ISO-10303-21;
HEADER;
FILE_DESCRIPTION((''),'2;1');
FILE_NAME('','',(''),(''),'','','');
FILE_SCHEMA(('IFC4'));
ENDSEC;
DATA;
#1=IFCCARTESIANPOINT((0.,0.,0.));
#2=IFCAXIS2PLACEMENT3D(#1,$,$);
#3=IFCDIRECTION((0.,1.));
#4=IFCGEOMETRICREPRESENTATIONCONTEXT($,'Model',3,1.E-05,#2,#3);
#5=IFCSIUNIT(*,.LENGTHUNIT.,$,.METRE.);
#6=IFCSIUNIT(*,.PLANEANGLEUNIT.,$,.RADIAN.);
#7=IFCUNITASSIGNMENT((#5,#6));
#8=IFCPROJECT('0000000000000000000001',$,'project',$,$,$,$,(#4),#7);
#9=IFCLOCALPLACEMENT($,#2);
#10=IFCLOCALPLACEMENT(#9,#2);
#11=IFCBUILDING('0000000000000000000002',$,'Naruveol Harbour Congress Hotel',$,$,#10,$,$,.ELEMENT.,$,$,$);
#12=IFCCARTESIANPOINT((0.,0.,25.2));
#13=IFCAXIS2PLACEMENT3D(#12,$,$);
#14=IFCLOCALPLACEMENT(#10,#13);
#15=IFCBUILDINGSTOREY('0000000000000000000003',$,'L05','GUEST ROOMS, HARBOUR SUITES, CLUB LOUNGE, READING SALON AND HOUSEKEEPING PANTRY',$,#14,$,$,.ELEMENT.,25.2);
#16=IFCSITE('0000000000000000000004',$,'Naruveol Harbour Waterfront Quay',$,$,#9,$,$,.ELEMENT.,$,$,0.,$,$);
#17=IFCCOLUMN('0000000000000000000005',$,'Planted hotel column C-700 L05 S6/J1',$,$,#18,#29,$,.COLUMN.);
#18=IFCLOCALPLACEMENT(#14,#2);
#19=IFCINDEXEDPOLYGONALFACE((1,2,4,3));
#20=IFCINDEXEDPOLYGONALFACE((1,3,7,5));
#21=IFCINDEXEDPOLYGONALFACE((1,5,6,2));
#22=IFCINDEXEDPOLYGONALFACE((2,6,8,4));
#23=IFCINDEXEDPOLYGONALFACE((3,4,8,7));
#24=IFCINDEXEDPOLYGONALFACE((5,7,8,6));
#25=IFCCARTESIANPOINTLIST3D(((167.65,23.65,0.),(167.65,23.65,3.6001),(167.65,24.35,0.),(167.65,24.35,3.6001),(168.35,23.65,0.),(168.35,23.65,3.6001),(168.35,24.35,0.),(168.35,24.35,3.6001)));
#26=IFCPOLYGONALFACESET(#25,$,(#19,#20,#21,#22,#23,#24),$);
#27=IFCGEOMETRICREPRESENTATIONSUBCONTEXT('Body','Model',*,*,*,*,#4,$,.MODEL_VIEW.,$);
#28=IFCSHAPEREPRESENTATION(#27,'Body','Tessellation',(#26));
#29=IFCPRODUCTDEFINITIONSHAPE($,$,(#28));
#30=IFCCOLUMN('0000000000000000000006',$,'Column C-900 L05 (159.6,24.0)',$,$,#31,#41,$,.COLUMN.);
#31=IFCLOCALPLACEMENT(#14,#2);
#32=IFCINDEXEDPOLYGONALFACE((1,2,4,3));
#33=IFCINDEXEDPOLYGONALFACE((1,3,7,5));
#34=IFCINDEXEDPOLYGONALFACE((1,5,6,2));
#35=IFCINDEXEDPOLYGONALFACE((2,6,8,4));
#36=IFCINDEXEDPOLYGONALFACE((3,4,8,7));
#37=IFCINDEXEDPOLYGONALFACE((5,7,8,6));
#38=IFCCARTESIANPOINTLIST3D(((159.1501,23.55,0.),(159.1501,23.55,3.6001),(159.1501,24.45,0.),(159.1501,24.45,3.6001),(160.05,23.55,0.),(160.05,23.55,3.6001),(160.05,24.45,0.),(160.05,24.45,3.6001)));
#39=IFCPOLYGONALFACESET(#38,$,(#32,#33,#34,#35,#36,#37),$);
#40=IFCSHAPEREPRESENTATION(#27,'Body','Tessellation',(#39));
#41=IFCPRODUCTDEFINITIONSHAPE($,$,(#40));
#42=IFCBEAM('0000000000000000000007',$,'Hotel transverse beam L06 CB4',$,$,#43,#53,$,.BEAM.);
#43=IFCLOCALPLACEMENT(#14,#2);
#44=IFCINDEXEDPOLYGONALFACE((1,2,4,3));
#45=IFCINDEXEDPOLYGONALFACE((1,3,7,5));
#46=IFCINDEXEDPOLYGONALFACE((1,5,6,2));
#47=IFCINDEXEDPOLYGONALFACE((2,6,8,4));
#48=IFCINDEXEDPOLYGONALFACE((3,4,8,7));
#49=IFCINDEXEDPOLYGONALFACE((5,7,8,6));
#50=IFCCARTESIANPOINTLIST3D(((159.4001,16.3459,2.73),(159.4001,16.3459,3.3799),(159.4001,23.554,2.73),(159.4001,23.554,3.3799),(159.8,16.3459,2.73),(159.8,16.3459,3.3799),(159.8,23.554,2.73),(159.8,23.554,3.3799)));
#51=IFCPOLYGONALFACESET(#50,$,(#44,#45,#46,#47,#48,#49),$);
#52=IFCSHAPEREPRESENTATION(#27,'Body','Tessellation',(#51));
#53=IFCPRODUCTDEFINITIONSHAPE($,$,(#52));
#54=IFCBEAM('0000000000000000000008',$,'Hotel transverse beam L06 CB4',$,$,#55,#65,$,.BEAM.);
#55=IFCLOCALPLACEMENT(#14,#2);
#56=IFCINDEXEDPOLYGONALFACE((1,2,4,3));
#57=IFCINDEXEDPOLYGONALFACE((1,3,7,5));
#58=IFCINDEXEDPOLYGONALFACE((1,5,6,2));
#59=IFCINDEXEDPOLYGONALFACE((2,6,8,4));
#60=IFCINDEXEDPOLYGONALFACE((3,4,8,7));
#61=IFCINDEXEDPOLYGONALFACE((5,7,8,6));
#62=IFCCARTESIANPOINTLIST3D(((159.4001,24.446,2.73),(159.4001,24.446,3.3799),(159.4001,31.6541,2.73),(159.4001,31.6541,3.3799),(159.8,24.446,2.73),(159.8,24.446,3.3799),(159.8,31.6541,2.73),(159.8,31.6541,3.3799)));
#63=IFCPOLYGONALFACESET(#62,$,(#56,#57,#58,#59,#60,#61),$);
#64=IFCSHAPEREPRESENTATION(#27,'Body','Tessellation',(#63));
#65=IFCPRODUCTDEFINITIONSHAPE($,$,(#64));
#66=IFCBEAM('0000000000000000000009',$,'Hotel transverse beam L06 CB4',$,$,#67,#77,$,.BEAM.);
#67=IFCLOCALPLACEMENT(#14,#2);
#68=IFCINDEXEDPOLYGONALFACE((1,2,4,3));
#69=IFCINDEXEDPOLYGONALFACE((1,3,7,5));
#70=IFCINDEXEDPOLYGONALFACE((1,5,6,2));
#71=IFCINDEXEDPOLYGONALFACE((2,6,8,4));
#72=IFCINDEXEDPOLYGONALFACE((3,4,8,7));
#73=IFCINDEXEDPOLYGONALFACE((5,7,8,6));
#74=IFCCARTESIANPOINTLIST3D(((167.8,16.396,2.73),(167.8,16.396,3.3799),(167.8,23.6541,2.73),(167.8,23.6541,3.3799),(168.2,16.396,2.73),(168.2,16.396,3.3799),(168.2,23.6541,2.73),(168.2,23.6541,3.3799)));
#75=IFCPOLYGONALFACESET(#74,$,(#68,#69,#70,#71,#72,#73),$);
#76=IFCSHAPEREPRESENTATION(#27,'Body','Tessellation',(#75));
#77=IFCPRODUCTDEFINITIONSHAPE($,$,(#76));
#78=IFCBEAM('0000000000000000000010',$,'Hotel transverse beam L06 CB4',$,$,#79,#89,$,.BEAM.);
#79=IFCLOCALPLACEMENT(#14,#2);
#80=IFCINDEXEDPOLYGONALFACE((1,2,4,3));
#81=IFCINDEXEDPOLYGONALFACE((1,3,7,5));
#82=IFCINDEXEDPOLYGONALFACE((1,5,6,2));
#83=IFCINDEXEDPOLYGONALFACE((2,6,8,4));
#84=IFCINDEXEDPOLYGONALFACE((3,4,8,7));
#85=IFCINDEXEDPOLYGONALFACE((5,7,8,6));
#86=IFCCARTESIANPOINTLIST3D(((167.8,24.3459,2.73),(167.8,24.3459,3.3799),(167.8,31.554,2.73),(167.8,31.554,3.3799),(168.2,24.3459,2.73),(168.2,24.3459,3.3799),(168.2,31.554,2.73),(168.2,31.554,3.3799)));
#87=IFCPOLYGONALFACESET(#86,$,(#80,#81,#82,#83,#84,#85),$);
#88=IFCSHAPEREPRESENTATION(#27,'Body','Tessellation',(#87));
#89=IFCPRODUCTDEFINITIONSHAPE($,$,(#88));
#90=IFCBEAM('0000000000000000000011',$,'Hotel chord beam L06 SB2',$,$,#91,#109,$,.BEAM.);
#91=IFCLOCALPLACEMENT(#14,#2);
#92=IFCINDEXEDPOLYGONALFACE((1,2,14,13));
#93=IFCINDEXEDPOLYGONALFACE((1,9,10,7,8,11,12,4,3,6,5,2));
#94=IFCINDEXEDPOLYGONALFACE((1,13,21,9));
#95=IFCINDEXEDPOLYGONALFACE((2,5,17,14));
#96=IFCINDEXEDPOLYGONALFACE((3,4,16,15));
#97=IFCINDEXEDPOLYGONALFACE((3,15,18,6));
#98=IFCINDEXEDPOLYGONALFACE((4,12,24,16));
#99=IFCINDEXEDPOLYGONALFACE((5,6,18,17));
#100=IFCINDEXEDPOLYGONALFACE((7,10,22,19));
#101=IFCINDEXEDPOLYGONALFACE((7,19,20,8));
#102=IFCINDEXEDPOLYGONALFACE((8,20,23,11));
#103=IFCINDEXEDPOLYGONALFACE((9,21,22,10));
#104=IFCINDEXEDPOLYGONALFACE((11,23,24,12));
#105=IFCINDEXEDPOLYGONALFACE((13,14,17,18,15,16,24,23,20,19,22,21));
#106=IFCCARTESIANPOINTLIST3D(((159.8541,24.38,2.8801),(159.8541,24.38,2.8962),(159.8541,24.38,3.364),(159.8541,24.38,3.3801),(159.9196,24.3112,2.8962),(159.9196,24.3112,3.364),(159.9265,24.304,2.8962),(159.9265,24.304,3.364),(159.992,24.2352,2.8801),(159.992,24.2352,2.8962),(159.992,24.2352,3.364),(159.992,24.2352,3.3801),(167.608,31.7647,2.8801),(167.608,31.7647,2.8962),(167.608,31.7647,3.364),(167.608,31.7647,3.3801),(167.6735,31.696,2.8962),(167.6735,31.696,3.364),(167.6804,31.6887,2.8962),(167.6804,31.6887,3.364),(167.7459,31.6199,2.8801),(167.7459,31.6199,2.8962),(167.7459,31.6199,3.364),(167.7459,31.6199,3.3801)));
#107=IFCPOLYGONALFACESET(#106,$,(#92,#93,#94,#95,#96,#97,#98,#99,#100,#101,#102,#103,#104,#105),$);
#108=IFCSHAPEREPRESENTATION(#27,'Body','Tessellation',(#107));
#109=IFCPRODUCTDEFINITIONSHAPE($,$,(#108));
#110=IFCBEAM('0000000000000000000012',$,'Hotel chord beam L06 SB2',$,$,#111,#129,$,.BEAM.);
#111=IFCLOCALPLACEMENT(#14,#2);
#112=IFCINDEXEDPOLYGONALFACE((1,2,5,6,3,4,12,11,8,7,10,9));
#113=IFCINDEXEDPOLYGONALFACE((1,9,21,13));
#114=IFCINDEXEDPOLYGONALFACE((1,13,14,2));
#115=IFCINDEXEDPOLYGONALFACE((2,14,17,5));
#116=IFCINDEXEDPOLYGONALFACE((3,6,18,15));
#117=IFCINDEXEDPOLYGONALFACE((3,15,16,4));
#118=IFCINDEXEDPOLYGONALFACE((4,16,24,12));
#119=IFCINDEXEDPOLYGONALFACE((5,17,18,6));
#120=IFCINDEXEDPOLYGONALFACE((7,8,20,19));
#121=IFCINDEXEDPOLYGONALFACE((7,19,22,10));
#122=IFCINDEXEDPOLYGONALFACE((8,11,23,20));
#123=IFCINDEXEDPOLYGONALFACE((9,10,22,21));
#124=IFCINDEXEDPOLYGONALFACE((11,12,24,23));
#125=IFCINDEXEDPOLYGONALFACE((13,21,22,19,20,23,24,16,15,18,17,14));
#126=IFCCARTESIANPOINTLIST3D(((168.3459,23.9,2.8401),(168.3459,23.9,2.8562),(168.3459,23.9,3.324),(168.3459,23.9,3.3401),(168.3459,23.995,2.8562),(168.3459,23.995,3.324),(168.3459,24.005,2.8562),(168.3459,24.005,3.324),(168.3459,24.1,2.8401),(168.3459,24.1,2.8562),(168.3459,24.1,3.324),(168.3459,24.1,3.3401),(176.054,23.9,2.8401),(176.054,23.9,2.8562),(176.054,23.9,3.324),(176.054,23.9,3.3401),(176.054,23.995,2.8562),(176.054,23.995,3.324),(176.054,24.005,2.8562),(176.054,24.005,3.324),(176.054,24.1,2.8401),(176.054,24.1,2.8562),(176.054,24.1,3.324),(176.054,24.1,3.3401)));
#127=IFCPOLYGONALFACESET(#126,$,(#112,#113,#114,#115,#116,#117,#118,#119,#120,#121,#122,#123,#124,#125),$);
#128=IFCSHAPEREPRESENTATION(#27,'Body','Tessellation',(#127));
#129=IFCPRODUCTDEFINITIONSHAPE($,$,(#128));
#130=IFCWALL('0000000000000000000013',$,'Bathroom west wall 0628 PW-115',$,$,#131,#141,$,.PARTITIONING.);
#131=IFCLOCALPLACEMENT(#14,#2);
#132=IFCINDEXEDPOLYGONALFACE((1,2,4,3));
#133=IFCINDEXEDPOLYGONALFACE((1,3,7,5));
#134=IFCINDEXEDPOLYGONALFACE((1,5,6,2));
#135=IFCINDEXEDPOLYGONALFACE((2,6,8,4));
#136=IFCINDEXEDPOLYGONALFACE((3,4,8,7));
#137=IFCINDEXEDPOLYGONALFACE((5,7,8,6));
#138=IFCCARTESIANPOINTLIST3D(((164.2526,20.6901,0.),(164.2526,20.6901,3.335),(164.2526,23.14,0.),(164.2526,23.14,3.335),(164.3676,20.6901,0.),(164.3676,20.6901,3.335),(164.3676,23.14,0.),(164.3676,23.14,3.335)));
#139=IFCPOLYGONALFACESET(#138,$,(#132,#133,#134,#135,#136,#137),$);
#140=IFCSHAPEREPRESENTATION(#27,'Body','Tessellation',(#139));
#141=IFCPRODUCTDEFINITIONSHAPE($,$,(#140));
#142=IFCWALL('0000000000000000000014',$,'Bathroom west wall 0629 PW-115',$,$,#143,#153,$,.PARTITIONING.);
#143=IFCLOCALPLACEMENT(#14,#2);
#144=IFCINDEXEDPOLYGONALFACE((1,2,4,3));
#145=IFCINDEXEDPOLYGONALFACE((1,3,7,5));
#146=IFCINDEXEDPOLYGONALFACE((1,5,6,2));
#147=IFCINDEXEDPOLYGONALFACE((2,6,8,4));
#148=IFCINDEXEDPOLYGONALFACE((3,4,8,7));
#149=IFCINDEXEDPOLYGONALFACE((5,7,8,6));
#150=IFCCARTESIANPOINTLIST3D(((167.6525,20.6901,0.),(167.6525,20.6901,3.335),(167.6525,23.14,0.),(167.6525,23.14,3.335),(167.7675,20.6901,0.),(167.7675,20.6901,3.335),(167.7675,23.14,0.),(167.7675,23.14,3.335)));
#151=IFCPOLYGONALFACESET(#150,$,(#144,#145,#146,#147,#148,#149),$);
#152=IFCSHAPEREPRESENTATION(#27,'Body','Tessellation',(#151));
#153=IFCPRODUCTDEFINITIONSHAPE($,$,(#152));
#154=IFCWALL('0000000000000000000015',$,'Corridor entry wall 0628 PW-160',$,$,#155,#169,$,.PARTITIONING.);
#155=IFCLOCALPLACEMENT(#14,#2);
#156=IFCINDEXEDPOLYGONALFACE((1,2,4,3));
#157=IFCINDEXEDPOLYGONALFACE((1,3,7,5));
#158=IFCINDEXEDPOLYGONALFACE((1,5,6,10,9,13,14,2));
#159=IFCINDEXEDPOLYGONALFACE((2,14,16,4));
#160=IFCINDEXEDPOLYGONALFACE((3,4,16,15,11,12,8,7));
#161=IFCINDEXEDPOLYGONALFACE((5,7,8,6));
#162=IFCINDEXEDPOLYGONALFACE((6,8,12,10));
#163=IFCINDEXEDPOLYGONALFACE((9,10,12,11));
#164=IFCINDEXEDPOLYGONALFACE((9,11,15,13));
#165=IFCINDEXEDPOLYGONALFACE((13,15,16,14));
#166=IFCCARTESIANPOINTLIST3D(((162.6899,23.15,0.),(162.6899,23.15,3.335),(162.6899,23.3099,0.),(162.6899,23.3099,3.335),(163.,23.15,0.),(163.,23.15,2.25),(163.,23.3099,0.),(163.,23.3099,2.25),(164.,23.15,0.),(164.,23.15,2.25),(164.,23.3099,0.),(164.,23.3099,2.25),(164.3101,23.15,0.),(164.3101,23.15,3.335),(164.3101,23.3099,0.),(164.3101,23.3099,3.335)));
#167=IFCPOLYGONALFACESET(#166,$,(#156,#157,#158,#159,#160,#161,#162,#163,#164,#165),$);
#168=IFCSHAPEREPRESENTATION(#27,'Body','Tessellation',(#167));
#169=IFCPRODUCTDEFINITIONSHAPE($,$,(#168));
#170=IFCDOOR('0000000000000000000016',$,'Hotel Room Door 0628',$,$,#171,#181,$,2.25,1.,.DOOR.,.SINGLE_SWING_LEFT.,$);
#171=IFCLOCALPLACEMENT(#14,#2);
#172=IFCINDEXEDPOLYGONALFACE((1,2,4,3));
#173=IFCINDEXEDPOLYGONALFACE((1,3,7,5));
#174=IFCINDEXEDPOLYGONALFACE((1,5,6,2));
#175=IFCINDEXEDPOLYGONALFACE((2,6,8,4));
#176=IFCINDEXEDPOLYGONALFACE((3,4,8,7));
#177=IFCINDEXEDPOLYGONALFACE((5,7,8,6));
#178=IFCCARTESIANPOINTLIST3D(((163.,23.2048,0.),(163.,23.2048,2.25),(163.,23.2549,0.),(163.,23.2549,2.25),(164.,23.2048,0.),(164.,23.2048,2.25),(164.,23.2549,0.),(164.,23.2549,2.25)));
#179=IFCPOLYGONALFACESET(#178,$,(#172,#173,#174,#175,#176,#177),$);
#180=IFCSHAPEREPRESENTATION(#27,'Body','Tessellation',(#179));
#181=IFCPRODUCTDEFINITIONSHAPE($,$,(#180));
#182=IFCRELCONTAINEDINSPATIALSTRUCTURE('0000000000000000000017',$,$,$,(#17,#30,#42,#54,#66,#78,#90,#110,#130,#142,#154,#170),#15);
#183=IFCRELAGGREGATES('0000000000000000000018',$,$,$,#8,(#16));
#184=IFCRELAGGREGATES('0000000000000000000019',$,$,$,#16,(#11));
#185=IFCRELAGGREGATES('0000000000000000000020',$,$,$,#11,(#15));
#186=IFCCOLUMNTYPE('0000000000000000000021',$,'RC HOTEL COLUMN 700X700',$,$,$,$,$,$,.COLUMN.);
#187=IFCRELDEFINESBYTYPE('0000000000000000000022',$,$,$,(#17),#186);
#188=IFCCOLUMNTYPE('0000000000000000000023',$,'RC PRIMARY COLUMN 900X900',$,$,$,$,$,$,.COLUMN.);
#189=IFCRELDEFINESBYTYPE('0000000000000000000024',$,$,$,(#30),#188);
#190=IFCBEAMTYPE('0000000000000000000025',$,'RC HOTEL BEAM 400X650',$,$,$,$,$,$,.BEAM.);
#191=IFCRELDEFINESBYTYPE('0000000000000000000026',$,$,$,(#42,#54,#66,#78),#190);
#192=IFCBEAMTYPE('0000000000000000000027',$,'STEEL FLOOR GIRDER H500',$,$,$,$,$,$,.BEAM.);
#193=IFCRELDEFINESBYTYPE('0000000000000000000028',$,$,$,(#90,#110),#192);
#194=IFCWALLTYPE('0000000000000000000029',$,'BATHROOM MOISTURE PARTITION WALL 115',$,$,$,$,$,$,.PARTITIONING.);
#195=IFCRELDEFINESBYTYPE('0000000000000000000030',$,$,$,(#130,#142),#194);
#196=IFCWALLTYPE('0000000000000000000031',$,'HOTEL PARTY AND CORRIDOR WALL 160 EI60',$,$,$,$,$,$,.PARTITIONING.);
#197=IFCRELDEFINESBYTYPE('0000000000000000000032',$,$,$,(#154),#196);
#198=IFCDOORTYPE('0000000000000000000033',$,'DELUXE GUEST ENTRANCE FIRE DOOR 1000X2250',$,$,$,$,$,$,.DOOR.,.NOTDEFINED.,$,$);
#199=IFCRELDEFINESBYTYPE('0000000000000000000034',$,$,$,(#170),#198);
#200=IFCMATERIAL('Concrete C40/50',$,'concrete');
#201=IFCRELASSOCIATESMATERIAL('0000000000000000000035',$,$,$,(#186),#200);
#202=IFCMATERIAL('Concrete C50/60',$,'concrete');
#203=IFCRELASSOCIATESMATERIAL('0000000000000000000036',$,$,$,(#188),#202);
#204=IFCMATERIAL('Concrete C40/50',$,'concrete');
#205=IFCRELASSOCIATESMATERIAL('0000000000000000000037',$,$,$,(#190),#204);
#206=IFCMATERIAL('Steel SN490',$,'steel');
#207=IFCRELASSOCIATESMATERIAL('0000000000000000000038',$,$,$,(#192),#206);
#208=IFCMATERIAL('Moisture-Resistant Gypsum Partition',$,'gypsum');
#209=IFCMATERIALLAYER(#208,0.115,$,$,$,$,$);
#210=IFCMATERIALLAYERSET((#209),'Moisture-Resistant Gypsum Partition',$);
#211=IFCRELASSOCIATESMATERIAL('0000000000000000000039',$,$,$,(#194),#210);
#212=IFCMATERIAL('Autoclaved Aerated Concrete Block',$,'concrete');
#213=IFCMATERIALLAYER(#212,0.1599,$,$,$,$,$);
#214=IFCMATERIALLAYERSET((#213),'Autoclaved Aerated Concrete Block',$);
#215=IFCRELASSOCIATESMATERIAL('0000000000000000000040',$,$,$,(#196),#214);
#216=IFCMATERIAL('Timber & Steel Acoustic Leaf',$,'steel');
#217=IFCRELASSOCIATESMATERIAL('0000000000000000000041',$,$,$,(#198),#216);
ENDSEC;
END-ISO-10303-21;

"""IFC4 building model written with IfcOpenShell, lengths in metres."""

from ifc_helpers import new_model, si_unit, direction, frame, frame_2d, origin, origin_2d, place, context, subcontext, project, spatial, rectangle, i_section, extrude, material, layer, layer_set, material_profile, profile_set, type_object, element, fill, save


model = new_model("IFC4")

# Units and contexts
model_context = context("Model", 3, precision=1e-05, world=origin(), true_north=direction((0.0, 1.0)))
body_context = subcontext(model_context, "Body", "Model", "MODEL_VIEW")
ifc_project = project(units=[si_unit("LENGTHUNIT", "METRE"), si_unit("PLANEANGLEUNIT", "RADIAN")], contexts=[model_context])

# Site, building, storey
site_placement = place(None, origin())
site = spatial("IfcSite", under=ifc_project, at=site_placement, Name="Naruveol Harbour Waterfront Quay", CompositionType="ELEMENT", RefElevation=0.0)
building_placement = place(site_placement, origin())
building = spatial("IfcBuilding", under=site, at=building_placement, Name="Naruveol Harbour Congress Hotel", CompositionType="ELEMENT")
storey_placement = place(building_placement, frame((0.0, 0.0, 25.2)))
storey = spatial("IfcBuildingStorey", under=building, at=storey_placement, Name="L05", Description="GUEST ROOMS, HARBOUR SUITES, CLUB LOUNGE, READING SALON AND HOUSEKEEPING PANTRY", CompositionType="ELEMENT", Elevation=25.2)

# Columns
ifc_material_1 = material(Name="Concrete C40/50", Category="concrete")
ifc_material_profile_1 = material_profile(ifc_material_1, rectangle(XDim=0.7, YDim=0.7, at=origin_2d()), Name="RC-700x700")
ifc_profile_set_1 = profile_set([ifc_material_profile_1], Name="Concrete C40/50")
column_type_1 = type_object("IfcColumnType", Name="RC HOTEL COLUMN 700X700", PredefinedType="COLUMN", material=ifc_profile_set_1)
column_1_placement = place(storey_placement, frame((168.0, 24.0, 0.0), z_axis=(0.0, 0.0, 1.0), x_axis=(1.0, 0.0, 0.0)))
element("IfcColumn", 1, at=column_1_placement, inside=storey, type_object=column_type_1, Name="Planted hotel column C-700 L05 S6/J1", PredefinedType="COLUMN", context=body_context, shape_type="SweptSolid", body=[
    extrude(rectangle(XDim=0.7, YDim=0.7, at=origin_2d()), origin(), (0.0, 0.0, 1.0), 3.6001),
])
ifc_material_2 = material(Name="Concrete C50/60", Category="concrete")
ifc_material_profile_2 = material_profile(ifc_material_2, rectangle(XDim=0.8999, YDim=0.8999, at=origin_2d()), Name="RC-900x900")
ifc_profile_set_2 = profile_set([ifc_material_profile_2], Name="Concrete C50/60")
column_type_2 = type_object("IfcColumnType", Name="RC PRIMARY COLUMN 900X900", PredefinedType="COLUMN", material=ifc_profile_set_2)
column_2_placement = place(storey_placement, frame((159.6001, 24.0, 0.0), z_axis=(0.0, 0.0, 1.0), x_axis=(1.0, 0.0, 0.0)))
element("IfcColumn", 2, at=column_2_placement, inside=storey, type_object=column_type_2, Name="Column C-900 L05 (159.6,24.0)", PredefinedType="COLUMN", context=body_context, shape_type="SweptSolid", body=[
    extrude(rectangle(XDim=0.8999, YDim=0.8999, at=origin_2d()), origin(), (0.0, 0.0, 1.0), 3.6001),
])

# Beams
ifc_material_3 = material(Name="Concrete C40/50", Category="concrete")
ifc_material_profile_3 = material_profile(ifc_material_3, rectangle(XDim=0.3999, YDim=0.6499, at=origin_2d()), Name="RCB-400x650")
ifc_profile_set_3 = profile_set([ifc_material_profile_3], Name="Concrete C40/50")
beam_type_1 = type_object("IfcBeamType", Name="RC HOTEL BEAM 400X650", PredefinedType="BEAM", material=ifc_profile_set_3)
for number, where, z_axis, x_axis, name in (
    (3, (159.6001, 16.3459, 3.0549), (0.0, 1.0, 0.0), (-1.0, 0.0, 0.0), "Hotel transverse beam L06 CB4"),
    (4, (159.6001, 24.446, 3.0549), (0.0, 1.0, 0.0), (-1.0, 0.0, 0.0), "Hotel transverse beam L06 CB4"),
):
    element("IfcBeam", number, at=place(storey_placement, frame(where, z_axis=z_axis, x_axis=x_axis)), inside=storey, type_object=beam_type_1, Name=name, PredefinedType="BEAM", context=body_context, shape_type="SweptSolid", body=[
        extrude(rectangle(XDim=0.3999, YDim=0.6499, at=origin_2d()), origin(), (0.0, 0.0, 1.0), 7.208),
    ])
beam_1_placement = place(storey_placement, frame((168.0, 16.396, 3.0549), z_axis=(0.0, 1.0, 0.0), x_axis=(-1.0, 0.0, 0.0)))
element("IfcBeam", 5, at=beam_1_placement, inside=storey, type_object=beam_type_1, Name="Hotel transverse beam L06 CB4", PredefinedType="BEAM", context=body_context, shape_type="SweptSolid", body=[
    extrude(rectangle(XDim=0.3999, YDim=0.6499, at=origin_2d()), origin(), (0.0, 0.0, 1.0), 7.2581),
])
beam_2_placement = place(storey_placement, frame((168.0, 24.3459, 3.0549), z_axis=(0.0, 1.0, 0.0), x_axis=(-1.0, 0.0, 0.0)))
element("IfcBeam", 6, at=beam_2_placement, inside=storey, type_object=beam_type_1, Name="Hotel transverse beam L06 CB4", PredefinedType="BEAM", context=body_context, shape_type="SweptSolid", body=[
    extrude(rectangle(XDim=0.3999, YDim=0.6499, at=origin_2d()), origin(), (0.0, 0.0, 1.0), 7.208),
])
ifc_material_4 = material(Name="Steel SN490", Category="steel")
ifc_material_profile_4 = material_profile(ifc_material_4, i_section(OverallWidth=0.2, OverallDepth=0.5, WebThickness=0.01, FlangeThickness=0.0161, at=origin_2d()), Name="H-500x200x10x16")
ifc_profile_set_4 = profile_set([ifc_material_profile_4], Name="Steel SN490")
beam_type_2 = type_object("IfcBeamType", Name="STEEL FLOOR GIRDER H500", PredefinedType="BEAM", material=ifc_profile_set_4)
beam_3_placement = place(storey_placement, frame((159.9231, 24.3076, 3.1301), z_axis=(0.724134, 0.68966, 0.0), x_axis=(-0.68966, 0.724134, 0.0)))
element("IfcBeam", 7, at=beam_3_placement, inside=storey, type_object=beam_type_2, Name="Hotel chord beam L06 SB2", PredefinedType="BEAM", context=body_context, shape_type="SweptSolid", body=[
    extrude(i_section(OverallWidth=0.2, OverallDepth=0.5, WebThickness=0.01, FlangeThickness=0.0161, at=origin_2d()), origin(), (0.0, 0.0, 1.0), 10.7078),
])
beam_4_placement = place(storey_placement, frame((168.3459, 24.0, 3.0901), z_axis=(1.0, 0.0, 0.0), x_axis=(0.0, 1.0, 0.0)))
element("IfcBeam", 8, at=beam_4_placement, inside=storey, type_object=beam_type_2, Name="Hotel chord beam L06 SB2", PredefinedType="BEAM", context=body_context, shape_type="SweptSolid", body=[
    extrude(i_section(OverallWidth=0.2, OverallDepth=0.5, WebThickness=0.01, FlangeThickness=0.0161, at=origin_2d()), origin(), (0.0, 0.0, 1.0), 7.708),
])

# Wall
ifc_material_5 = material(Name="Moisture-Resistant Gypsum Partition", Category="gypsum")
ifc_layer_1 = layer(ifc_material_5, 0.115)
ifc_layer_set_1 = layer_set([ifc_layer_1], Name="Moisture-Resistant Gypsum Partition")
wall_type_1 = type_object("IfcWallType", Name="BATHROOM MOISTURE PARTITION WALL 115", PredefinedType="PARTITIONING", material=ifc_layer_set_1)
wall_1_placement = place(storey_placement, frame((164.3101, 20.6899, 0.0), z_axis=(0.0, 0.0, 1.0), x_axis=(0.0, 1.0, 0.0)))
element("IfcWall", 9, at=wall_1_placement, inside=storey, type_object=wall_type_1, Name="Bathroom west wall 0628 PW-115", PredefinedType="PARTITIONING", context=body_context, shape_type="SweptSolid", body=[
    extrude(rectangle(XDim=2.45, YDim=0.115, at=frame_2d((1.2251, 0.0))), origin(), (0.0, 0.0, 1.0), 3.335),
])

# Wall
wall_2_placement = place(storey_placement, frame((167.71, 20.6899, 0.0), z_axis=(0.0, 0.0, 1.0), x_axis=(0.0, 1.0, 0.0)))
element("IfcWall", 10, at=wall_2_placement, inside=storey, type_object=wall_type_1, Name="Bathroom west wall 0629 PW-115", PredefinedType="PARTITIONING", context=body_context, shape_type="SweptSolid", body=[
    extrude(rectangle(XDim=2.45, YDim=0.115, at=frame_2d((1.2251, 0.0))), origin(), (0.0, 0.0, 1.0), 3.335),
])

# Wall, opening, door
ifc_material_6 = material(Name="Autoclaved Aerated Concrete Block", Category="concrete")
ifc_layer_2 = layer(ifc_material_6, 0.1599)
ifc_layer_set_2 = layer_set([ifc_layer_2], Name="Autoclaved Aerated Concrete Block")
wall_type_2 = type_object("IfcWallType", Name="HOTEL PARTY AND CORRIDOR WALL 160 EI60", PredefinedType="PARTITIONING", material=ifc_layer_set_2)
wall_3_placement = place(storey_placement, frame((162.6899, 23.23, 0.0), z_axis=(0.0, 0.0, 1.0), x_axis=(1.0, 0.0, 0.0)))
wall_3 = element("IfcWall", 11, at=wall_3_placement, inside=storey, type_object=wall_type_2, Name="Corridor entry wall 0628 PW-160", PredefinedType="PARTITIONING", context=body_context, shape_type="SweptSolid", body=[
    extrude(rectangle(XDim=1.6201, YDim=0.1599, at=frame_2d((0.8101, 0.0))), origin(), (0.0, 0.0, 1.0), 3.335),
])
opening_1_placement = place(wall_3_placement, frame((0.3101, 0.0, 0.0)))
opening_1 = element("IfcOpeningElement", 12, at=opening_1_placement, cuts=wall_3, PredefinedType="OPENING", context=body_context, shape_type="SweptSolid", body=[
    extrude(rectangle(XDim=1.0, YDim=2.25, at=frame_2d((0.5, 1.125))), frame((0.0, 0.0898, 0.0), z_axis=(0.0, -1.0, 0.0), x_axis=(1.0, 0.0, 0.0)), (0.0, 0.0, 1.0), 0.1799),
])
ifc_material_7 = material(Name="Timber & Steel Acoustic Leaf", Category="steel")
door_type_1 = type_object("IfcDoorType", Name="DELUXE GUEST ENTRANCE FIRE DOOR 1000X2250", OperationType="NOTDEFINED", PredefinedType="DOOR", material=ifc_material_7)
door_1_placement = place(opening_1_placement, origin())
door_1 = element("IfcDoor", 13, at=door_1_placement, inside=storey, type_object=door_type_1, Name="Hotel Room Door 0628", OperationType="SINGLE_SWING_LEFT", OverallHeight=2.25, OverallWidth=1.0, PredefinedType="DOOR", context=body_context, shape_type="SweptSolid", body=[
    extrude(rectangle(XDim=1.0, YDim=2.25, at=frame_2d((0.5, 1.125))), frame((0.0, 0.0249, 0.0), z_axis=(0.0, -1.0, 0.0), x_axis=(1.0, 0.0, 0.0)), (0.0, 0.0, 1.0), 0.05),
])
fill(opening_1, door_1)

save(model, "model.ifc")
